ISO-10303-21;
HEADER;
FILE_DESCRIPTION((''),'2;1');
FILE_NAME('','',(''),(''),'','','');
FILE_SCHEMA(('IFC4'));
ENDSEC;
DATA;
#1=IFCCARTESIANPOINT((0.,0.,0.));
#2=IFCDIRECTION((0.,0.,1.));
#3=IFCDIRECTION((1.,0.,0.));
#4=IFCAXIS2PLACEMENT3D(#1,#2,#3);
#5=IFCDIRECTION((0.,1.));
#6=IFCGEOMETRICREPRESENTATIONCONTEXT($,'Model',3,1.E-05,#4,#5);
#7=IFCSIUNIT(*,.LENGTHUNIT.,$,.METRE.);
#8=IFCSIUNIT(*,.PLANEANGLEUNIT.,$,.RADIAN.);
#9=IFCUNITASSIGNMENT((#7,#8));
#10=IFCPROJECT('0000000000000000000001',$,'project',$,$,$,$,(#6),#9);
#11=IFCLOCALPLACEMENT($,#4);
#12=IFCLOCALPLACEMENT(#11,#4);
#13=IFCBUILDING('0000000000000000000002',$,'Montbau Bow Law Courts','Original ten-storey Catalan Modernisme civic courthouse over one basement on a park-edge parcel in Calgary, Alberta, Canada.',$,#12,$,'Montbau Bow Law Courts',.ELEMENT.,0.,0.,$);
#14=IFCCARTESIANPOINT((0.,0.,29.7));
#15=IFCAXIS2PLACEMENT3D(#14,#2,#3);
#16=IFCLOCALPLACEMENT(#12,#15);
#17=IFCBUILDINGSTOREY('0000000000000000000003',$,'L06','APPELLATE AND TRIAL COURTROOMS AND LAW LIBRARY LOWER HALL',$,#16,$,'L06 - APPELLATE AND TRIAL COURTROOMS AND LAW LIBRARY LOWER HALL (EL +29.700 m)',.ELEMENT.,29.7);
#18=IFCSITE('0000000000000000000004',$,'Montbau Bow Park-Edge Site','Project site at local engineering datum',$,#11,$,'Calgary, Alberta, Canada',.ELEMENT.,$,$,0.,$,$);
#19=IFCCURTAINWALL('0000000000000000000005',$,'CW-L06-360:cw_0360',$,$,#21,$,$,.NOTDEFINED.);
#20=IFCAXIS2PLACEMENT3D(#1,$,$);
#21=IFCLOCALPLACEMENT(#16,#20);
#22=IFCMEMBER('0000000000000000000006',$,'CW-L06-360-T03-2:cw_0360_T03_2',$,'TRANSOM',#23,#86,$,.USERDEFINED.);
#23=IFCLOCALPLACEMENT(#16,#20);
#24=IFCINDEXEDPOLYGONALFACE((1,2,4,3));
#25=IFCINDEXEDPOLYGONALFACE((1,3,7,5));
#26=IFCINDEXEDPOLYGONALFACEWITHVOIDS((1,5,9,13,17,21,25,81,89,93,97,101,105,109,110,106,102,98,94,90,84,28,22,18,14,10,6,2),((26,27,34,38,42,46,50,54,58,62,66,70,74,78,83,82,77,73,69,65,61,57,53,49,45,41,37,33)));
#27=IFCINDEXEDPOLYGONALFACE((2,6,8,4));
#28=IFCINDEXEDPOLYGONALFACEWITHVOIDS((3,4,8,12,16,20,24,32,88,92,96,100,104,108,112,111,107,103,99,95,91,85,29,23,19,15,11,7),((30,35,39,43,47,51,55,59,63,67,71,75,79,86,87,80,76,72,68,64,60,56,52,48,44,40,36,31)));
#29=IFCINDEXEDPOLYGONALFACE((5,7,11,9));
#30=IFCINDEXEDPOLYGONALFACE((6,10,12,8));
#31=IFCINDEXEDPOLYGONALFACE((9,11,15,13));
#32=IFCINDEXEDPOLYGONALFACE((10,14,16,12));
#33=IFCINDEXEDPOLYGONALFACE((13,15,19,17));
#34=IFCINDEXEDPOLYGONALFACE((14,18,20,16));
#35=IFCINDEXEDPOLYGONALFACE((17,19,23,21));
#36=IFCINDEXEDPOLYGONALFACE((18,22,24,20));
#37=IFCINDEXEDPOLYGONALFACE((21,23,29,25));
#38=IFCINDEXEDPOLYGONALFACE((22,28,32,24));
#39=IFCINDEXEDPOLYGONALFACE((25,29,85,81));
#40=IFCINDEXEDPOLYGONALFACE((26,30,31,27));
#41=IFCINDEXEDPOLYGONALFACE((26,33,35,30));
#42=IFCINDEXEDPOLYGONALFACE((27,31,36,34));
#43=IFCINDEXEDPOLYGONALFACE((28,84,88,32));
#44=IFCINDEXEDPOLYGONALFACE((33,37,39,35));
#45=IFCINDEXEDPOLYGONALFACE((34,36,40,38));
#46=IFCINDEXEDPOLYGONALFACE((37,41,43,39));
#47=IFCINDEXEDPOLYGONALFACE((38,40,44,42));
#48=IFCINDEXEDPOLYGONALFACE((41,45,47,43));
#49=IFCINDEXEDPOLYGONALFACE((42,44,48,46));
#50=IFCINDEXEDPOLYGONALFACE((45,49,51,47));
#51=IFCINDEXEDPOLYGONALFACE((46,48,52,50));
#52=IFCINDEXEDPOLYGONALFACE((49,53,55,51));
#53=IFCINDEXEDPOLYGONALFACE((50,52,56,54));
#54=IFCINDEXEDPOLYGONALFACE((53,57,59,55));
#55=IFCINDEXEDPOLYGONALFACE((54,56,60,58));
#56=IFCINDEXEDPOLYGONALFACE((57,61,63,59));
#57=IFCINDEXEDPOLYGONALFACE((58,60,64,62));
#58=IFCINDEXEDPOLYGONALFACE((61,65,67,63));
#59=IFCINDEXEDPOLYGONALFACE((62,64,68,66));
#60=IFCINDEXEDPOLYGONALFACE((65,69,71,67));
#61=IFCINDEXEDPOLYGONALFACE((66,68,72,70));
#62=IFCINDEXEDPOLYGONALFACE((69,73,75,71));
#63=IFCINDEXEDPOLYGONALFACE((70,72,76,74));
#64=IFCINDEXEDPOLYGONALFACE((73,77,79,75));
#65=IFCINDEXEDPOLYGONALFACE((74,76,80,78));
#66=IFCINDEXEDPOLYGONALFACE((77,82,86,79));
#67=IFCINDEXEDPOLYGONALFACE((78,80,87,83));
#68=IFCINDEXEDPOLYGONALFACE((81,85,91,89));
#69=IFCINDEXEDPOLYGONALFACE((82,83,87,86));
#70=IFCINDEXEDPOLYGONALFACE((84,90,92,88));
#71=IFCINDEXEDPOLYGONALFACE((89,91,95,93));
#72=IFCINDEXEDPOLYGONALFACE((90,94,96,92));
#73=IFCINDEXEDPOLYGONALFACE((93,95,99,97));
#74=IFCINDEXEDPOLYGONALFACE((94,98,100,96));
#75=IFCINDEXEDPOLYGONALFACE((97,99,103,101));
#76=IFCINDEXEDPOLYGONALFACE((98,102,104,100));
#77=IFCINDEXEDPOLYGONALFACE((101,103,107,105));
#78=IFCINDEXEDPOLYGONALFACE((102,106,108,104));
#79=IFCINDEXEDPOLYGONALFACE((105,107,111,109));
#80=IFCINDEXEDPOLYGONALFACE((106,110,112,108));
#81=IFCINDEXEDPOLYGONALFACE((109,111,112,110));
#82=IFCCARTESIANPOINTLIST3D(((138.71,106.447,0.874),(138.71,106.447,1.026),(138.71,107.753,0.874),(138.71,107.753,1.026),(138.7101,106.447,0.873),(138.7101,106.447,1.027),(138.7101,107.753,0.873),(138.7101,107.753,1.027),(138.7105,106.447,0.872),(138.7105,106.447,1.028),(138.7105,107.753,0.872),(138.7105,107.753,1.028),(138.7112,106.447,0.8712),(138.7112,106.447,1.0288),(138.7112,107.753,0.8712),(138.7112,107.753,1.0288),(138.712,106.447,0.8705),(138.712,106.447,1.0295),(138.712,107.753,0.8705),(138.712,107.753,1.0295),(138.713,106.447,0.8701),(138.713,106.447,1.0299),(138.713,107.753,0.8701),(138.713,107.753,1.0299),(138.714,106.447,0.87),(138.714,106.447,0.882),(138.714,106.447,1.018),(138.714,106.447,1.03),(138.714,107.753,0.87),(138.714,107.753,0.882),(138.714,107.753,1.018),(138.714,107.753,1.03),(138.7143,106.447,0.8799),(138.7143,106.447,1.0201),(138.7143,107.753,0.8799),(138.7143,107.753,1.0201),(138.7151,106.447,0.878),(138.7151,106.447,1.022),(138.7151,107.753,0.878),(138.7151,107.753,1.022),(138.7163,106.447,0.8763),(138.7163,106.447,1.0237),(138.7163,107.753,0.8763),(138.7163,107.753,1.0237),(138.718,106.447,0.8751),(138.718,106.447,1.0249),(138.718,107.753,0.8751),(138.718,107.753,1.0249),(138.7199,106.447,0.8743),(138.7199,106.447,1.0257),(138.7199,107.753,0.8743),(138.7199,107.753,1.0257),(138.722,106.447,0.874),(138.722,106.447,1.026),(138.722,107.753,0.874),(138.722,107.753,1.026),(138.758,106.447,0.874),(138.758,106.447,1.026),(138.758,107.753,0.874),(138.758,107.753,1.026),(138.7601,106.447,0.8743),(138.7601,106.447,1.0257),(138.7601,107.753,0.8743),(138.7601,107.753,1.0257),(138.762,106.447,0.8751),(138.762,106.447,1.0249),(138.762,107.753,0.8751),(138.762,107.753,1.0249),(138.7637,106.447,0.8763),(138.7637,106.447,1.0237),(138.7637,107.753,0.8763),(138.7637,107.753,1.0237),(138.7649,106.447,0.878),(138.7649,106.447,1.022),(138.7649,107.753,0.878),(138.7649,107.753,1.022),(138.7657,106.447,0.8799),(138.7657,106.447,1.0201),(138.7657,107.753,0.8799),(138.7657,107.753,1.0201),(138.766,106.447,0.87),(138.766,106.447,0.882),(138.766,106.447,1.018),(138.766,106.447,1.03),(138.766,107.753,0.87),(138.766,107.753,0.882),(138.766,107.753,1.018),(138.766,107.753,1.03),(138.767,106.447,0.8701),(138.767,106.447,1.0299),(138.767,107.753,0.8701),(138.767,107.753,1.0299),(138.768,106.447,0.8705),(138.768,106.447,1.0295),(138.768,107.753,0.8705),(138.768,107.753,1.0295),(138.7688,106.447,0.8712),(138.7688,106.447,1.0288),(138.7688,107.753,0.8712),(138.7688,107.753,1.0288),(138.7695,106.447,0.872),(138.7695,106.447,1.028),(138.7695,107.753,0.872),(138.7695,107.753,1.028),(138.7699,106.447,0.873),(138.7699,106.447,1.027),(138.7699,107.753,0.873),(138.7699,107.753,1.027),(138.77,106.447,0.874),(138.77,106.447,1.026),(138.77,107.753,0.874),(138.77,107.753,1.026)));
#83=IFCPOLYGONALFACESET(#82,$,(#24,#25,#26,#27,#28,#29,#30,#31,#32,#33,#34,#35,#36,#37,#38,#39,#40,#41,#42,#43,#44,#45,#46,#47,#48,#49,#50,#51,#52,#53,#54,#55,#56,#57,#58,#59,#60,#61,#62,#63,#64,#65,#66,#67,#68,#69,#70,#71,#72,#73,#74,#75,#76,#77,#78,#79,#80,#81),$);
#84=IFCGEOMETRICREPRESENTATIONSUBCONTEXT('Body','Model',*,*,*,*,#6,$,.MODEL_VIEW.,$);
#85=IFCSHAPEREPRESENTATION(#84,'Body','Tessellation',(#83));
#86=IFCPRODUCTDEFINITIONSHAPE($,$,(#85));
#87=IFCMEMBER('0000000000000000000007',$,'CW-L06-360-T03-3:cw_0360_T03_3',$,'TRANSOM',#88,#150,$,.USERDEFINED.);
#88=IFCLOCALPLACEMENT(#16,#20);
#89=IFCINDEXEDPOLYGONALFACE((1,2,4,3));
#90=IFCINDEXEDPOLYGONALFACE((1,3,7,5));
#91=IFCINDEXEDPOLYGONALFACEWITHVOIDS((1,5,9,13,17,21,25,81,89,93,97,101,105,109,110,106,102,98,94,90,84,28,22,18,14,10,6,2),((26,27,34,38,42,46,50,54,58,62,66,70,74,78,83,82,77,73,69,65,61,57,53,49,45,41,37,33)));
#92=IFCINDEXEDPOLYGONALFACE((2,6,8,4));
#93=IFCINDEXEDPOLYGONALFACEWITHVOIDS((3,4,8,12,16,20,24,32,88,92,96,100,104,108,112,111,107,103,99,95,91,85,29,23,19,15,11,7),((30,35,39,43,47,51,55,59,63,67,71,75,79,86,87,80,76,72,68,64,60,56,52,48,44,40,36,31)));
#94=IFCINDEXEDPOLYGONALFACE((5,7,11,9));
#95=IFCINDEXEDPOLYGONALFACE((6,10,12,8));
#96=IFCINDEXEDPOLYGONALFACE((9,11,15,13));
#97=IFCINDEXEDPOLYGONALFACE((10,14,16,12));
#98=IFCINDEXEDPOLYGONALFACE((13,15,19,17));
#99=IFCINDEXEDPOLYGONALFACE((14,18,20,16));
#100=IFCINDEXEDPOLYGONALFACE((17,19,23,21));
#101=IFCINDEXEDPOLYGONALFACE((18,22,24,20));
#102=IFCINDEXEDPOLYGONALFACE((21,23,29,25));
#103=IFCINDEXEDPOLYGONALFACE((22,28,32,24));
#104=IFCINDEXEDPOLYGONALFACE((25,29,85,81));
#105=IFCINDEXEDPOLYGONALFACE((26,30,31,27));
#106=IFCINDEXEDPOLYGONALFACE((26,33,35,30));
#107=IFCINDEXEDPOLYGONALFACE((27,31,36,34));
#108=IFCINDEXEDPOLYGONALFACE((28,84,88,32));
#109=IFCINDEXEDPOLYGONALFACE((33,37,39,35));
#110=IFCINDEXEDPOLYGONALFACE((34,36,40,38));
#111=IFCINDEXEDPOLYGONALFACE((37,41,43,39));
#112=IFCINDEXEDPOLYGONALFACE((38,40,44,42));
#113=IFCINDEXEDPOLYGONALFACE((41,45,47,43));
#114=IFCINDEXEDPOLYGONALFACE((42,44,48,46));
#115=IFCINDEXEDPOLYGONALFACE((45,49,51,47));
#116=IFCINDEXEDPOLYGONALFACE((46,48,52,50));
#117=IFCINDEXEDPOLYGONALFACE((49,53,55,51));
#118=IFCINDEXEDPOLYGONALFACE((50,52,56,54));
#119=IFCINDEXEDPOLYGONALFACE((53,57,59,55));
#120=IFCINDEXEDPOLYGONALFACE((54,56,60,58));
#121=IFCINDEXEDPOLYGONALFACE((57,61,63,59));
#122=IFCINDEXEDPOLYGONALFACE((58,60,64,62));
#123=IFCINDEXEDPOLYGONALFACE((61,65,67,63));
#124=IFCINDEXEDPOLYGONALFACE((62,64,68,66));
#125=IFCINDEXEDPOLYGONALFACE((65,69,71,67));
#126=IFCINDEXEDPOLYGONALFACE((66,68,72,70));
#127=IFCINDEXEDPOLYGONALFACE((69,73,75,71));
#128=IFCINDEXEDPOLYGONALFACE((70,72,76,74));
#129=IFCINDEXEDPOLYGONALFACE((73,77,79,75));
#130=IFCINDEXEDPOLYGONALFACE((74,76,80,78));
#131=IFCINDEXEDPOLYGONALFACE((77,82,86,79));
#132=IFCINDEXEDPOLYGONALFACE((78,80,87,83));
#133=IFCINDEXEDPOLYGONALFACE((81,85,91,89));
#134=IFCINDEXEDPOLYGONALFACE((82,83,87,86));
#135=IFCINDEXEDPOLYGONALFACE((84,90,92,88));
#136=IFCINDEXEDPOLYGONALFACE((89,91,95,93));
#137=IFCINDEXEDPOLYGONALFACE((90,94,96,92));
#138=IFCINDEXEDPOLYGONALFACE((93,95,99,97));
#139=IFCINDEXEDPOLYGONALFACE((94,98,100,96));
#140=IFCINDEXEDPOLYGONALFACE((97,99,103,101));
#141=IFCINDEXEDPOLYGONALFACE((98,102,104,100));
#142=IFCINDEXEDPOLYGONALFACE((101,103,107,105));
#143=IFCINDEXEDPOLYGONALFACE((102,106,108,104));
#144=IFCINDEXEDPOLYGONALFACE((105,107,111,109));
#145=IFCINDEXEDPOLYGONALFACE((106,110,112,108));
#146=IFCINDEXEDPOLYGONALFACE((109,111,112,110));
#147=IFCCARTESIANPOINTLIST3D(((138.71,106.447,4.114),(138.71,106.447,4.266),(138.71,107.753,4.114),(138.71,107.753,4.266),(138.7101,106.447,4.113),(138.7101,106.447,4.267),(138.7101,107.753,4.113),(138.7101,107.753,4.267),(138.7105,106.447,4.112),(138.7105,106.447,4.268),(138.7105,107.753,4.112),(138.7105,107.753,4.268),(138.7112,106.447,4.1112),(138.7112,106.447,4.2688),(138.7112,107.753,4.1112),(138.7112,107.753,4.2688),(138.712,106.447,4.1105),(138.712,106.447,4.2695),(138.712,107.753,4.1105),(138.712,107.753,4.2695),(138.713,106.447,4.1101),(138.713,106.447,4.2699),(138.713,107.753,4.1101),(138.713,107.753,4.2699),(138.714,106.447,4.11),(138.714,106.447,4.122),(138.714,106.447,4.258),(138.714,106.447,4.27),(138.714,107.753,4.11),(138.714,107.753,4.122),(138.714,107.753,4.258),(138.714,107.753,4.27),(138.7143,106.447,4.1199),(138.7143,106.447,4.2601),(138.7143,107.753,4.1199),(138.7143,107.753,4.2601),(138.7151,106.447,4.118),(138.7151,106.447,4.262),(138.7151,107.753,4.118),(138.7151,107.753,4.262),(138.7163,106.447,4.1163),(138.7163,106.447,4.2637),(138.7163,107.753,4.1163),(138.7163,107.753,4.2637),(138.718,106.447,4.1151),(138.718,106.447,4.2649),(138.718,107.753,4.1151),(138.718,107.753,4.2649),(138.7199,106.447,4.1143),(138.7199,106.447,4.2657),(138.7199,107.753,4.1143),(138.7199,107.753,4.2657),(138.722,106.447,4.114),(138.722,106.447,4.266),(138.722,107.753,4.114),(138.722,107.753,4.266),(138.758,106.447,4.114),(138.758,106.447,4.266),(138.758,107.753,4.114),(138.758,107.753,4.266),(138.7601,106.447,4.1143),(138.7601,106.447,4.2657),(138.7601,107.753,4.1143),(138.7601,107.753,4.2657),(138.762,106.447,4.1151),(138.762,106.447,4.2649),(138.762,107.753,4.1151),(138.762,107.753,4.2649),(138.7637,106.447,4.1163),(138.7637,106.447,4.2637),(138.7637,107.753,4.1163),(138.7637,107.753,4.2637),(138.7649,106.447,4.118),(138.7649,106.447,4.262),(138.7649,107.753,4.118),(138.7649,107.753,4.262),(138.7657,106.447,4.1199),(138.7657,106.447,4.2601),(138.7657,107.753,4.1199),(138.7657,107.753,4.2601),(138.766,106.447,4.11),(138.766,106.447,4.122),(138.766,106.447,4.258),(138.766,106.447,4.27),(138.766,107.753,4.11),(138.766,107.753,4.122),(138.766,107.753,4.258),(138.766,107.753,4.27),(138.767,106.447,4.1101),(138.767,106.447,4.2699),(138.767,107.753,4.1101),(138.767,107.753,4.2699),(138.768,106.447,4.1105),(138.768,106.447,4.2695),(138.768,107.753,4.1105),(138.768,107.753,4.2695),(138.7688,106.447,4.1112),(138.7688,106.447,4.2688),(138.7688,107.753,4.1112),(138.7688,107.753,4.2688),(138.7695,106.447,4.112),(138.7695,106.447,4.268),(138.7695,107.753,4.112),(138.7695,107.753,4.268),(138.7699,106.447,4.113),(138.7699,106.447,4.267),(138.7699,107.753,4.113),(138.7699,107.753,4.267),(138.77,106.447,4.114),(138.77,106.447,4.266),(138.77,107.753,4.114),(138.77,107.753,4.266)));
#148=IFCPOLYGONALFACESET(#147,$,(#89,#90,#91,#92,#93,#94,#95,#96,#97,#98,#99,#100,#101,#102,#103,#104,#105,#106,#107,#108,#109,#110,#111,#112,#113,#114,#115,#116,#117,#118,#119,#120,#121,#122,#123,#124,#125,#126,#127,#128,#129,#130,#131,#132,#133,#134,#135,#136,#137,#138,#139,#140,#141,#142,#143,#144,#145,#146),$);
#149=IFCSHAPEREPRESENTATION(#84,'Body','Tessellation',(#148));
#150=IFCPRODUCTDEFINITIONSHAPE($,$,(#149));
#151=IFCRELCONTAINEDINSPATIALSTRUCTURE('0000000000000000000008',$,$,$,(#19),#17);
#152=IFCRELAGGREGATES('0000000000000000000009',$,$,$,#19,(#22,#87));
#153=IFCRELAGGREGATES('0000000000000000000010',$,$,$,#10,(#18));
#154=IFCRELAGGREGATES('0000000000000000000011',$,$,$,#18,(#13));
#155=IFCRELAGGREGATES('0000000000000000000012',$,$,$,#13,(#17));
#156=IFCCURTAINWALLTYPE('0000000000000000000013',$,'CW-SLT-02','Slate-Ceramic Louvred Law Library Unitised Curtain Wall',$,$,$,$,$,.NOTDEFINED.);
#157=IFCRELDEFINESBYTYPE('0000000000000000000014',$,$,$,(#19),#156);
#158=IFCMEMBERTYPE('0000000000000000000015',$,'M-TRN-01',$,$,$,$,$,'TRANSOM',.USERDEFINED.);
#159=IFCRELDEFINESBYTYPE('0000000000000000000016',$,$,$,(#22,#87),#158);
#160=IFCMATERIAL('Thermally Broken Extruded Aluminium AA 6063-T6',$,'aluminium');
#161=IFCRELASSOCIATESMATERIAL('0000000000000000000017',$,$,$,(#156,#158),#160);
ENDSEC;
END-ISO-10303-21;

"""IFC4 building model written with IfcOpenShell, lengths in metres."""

from ifc_helpers import new_model, si_unit, direction, frame, origin_with_axes, origin_2d_with_axis, place, context, subcontext, project, spatial, hollow_rectangle, extrude, material, material_profile, profile_set, type_object, element, aggregate, save


model = new_model("IFC4")

# Units and contexts
model_context = context("Model", 3, precision=1e-05, world=origin_with_axes(), true_north=direction((0.0, 1.0)))
body_context = subcontext(model_context, "Body", "Model", "MODEL_VIEW")
ifc_project = project(units=[si_unit("LENGTHUNIT", "METRE"), si_unit("PLANEANGLEUNIT", "RADIAN")], contexts=[model_context])

# Site, building, storey
site_placement = place(None, origin_with_axes())
site = spatial("IfcSite", under=ifc_project, at=site_placement, Name="Montbau Bow Park-Edge Site", Description="Project site at local engineering datum", LongName="Calgary, Alberta, Canada", CompositionType="ELEMENT", RefElevation=0.0)
building_placement = place(site_placement, origin_with_axes())
building = spatial("IfcBuilding", under=site, at=building_placement, Name="Montbau Bow Law Courts", Description="Original ten-storey Catalan Modernisme civic courthouse over one basement on a park-edge parcel in Calgary, Alberta, Canada.", LongName="Montbau Bow Law Courts", CompositionType="ELEMENT", ElevationOfRefHeight=0.0, ElevationOfTerrain=0.0)
storey_placement = place(building_placement, frame((0.0, 0.0, 29.7), z_axis=(0.0, 0.0, 1.0), x_axis=(1.0, 0.0, 0.0)))
storey = spatial("IfcBuildingStorey", under=building, at=storey_placement, Name="L06", Description="APPELLATE AND TRIAL COURTROOMS AND LAW LIBRARY LOWER HALL", LongName="L06 - APPELLATE AND TRIAL COURTROOMS AND LAW LIBRARY LOWER HALL (EL +29.700 m)", CompositionType="ELEMENT", Elevation=29.7)

# Curtain wall, members
ifc_material_1 = material(Name="Thermally Broken Extruded Aluminium AA 6063-T6", Category="aluminium")
curtain_wall_type = type_object("IfcCurtainWallType", Name="CW-SLT-02", Description="Slate-Ceramic Louvred Law Library Unitised Curtain Wall", PredefinedType="NOTDEFINED", material=ifc_material_1)
curtain_wall_placement = place(None, frame((138.74, 103.64, 29.7), z_axis=(0.0, 0.0, 1.0), x_axis=(1.0, 0.0, 0.0)))
curtain_wall = element("IfcCurtainWall", 1, at=curtain_wall_placement, inside=storey, type_object=curtain_wall_type, Name="CW-L06-360:cw_0360", PredefinedType="NOTDEFINED")
ifc_material_profile_1 = material_profile(ifc_material_1, hollow_rectangle(XDim=0.06, YDim=0.16, WallThickness=0.004, InnerFilletRadius=0.008, OuterFilletRadius=0.004, at=origin_2d_with_axis()), Name="CWT-160X60", Category="Main", Priority=0)
ifc_profile_set_1 = profile_set([ifc_material_profile_1], Name="Thermally Broken Extruded Aluminium AA 6063-T6")
member_type_1 = type_object("IfcMemberType", Name="M-TRN-01", ElementType="TRANSOM", PredefinedType="USERDEFINED", material=ifc_profile_set_1)
member_1_placement = place(None, frame((138.74, 106.447, 30.65), z_axis=(0.0, 1.0, 0.0), x_axis=(-1.0, 0.0, 0.0)))
member_1 = element("IfcMember", 2, at=member_1_placement, type_object=member_type_1, Name="CW-L06-360-T03-2:cw_0360_T03_2", ObjectType="TRANSOM", PredefinedType="USERDEFINED", context=body_context, shape_type="SweptSolid", body=[
    extrude(hollow_rectangle(XDim=0.06, YDim=0.16, WallThickness=0.004, InnerFilletRadius=0.008, OuterFilletRadius=0.004, at=origin_2d_with_axis()), origin_with_axes(), (0.0, 0.0, 1.0), 1.306),
])
member_2_placement = place(None, frame((138.74, 106.447, 33.89), z_axis=(0.0, 1.0, 0.0), x_axis=(-1.0, 0.0, 0.0)))
member_2 = element("IfcMember", 3, at=member_2_placement, type_object=member_type_1, Name="CW-L06-360-T03-3:cw_0360_T03_3", ObjectType="TRANSOM", PredefinedType="USERDEFINED", context=body_context, shape_type="SweptSolid", body=[
    extrude(hollow_rectangle(XDim=0.06, YDim=0.16, WallThickness=0.004, InnerFilletRadius=0.008, OuterFilletRadius=0.004, at=origin_2d_with_axis()), origin_with_axes(), (0.0, 0.0, 1.0), 1.306),
])
aggregate(curtain_wall, [member_1, member_2])

save(model, "model.ifc")
